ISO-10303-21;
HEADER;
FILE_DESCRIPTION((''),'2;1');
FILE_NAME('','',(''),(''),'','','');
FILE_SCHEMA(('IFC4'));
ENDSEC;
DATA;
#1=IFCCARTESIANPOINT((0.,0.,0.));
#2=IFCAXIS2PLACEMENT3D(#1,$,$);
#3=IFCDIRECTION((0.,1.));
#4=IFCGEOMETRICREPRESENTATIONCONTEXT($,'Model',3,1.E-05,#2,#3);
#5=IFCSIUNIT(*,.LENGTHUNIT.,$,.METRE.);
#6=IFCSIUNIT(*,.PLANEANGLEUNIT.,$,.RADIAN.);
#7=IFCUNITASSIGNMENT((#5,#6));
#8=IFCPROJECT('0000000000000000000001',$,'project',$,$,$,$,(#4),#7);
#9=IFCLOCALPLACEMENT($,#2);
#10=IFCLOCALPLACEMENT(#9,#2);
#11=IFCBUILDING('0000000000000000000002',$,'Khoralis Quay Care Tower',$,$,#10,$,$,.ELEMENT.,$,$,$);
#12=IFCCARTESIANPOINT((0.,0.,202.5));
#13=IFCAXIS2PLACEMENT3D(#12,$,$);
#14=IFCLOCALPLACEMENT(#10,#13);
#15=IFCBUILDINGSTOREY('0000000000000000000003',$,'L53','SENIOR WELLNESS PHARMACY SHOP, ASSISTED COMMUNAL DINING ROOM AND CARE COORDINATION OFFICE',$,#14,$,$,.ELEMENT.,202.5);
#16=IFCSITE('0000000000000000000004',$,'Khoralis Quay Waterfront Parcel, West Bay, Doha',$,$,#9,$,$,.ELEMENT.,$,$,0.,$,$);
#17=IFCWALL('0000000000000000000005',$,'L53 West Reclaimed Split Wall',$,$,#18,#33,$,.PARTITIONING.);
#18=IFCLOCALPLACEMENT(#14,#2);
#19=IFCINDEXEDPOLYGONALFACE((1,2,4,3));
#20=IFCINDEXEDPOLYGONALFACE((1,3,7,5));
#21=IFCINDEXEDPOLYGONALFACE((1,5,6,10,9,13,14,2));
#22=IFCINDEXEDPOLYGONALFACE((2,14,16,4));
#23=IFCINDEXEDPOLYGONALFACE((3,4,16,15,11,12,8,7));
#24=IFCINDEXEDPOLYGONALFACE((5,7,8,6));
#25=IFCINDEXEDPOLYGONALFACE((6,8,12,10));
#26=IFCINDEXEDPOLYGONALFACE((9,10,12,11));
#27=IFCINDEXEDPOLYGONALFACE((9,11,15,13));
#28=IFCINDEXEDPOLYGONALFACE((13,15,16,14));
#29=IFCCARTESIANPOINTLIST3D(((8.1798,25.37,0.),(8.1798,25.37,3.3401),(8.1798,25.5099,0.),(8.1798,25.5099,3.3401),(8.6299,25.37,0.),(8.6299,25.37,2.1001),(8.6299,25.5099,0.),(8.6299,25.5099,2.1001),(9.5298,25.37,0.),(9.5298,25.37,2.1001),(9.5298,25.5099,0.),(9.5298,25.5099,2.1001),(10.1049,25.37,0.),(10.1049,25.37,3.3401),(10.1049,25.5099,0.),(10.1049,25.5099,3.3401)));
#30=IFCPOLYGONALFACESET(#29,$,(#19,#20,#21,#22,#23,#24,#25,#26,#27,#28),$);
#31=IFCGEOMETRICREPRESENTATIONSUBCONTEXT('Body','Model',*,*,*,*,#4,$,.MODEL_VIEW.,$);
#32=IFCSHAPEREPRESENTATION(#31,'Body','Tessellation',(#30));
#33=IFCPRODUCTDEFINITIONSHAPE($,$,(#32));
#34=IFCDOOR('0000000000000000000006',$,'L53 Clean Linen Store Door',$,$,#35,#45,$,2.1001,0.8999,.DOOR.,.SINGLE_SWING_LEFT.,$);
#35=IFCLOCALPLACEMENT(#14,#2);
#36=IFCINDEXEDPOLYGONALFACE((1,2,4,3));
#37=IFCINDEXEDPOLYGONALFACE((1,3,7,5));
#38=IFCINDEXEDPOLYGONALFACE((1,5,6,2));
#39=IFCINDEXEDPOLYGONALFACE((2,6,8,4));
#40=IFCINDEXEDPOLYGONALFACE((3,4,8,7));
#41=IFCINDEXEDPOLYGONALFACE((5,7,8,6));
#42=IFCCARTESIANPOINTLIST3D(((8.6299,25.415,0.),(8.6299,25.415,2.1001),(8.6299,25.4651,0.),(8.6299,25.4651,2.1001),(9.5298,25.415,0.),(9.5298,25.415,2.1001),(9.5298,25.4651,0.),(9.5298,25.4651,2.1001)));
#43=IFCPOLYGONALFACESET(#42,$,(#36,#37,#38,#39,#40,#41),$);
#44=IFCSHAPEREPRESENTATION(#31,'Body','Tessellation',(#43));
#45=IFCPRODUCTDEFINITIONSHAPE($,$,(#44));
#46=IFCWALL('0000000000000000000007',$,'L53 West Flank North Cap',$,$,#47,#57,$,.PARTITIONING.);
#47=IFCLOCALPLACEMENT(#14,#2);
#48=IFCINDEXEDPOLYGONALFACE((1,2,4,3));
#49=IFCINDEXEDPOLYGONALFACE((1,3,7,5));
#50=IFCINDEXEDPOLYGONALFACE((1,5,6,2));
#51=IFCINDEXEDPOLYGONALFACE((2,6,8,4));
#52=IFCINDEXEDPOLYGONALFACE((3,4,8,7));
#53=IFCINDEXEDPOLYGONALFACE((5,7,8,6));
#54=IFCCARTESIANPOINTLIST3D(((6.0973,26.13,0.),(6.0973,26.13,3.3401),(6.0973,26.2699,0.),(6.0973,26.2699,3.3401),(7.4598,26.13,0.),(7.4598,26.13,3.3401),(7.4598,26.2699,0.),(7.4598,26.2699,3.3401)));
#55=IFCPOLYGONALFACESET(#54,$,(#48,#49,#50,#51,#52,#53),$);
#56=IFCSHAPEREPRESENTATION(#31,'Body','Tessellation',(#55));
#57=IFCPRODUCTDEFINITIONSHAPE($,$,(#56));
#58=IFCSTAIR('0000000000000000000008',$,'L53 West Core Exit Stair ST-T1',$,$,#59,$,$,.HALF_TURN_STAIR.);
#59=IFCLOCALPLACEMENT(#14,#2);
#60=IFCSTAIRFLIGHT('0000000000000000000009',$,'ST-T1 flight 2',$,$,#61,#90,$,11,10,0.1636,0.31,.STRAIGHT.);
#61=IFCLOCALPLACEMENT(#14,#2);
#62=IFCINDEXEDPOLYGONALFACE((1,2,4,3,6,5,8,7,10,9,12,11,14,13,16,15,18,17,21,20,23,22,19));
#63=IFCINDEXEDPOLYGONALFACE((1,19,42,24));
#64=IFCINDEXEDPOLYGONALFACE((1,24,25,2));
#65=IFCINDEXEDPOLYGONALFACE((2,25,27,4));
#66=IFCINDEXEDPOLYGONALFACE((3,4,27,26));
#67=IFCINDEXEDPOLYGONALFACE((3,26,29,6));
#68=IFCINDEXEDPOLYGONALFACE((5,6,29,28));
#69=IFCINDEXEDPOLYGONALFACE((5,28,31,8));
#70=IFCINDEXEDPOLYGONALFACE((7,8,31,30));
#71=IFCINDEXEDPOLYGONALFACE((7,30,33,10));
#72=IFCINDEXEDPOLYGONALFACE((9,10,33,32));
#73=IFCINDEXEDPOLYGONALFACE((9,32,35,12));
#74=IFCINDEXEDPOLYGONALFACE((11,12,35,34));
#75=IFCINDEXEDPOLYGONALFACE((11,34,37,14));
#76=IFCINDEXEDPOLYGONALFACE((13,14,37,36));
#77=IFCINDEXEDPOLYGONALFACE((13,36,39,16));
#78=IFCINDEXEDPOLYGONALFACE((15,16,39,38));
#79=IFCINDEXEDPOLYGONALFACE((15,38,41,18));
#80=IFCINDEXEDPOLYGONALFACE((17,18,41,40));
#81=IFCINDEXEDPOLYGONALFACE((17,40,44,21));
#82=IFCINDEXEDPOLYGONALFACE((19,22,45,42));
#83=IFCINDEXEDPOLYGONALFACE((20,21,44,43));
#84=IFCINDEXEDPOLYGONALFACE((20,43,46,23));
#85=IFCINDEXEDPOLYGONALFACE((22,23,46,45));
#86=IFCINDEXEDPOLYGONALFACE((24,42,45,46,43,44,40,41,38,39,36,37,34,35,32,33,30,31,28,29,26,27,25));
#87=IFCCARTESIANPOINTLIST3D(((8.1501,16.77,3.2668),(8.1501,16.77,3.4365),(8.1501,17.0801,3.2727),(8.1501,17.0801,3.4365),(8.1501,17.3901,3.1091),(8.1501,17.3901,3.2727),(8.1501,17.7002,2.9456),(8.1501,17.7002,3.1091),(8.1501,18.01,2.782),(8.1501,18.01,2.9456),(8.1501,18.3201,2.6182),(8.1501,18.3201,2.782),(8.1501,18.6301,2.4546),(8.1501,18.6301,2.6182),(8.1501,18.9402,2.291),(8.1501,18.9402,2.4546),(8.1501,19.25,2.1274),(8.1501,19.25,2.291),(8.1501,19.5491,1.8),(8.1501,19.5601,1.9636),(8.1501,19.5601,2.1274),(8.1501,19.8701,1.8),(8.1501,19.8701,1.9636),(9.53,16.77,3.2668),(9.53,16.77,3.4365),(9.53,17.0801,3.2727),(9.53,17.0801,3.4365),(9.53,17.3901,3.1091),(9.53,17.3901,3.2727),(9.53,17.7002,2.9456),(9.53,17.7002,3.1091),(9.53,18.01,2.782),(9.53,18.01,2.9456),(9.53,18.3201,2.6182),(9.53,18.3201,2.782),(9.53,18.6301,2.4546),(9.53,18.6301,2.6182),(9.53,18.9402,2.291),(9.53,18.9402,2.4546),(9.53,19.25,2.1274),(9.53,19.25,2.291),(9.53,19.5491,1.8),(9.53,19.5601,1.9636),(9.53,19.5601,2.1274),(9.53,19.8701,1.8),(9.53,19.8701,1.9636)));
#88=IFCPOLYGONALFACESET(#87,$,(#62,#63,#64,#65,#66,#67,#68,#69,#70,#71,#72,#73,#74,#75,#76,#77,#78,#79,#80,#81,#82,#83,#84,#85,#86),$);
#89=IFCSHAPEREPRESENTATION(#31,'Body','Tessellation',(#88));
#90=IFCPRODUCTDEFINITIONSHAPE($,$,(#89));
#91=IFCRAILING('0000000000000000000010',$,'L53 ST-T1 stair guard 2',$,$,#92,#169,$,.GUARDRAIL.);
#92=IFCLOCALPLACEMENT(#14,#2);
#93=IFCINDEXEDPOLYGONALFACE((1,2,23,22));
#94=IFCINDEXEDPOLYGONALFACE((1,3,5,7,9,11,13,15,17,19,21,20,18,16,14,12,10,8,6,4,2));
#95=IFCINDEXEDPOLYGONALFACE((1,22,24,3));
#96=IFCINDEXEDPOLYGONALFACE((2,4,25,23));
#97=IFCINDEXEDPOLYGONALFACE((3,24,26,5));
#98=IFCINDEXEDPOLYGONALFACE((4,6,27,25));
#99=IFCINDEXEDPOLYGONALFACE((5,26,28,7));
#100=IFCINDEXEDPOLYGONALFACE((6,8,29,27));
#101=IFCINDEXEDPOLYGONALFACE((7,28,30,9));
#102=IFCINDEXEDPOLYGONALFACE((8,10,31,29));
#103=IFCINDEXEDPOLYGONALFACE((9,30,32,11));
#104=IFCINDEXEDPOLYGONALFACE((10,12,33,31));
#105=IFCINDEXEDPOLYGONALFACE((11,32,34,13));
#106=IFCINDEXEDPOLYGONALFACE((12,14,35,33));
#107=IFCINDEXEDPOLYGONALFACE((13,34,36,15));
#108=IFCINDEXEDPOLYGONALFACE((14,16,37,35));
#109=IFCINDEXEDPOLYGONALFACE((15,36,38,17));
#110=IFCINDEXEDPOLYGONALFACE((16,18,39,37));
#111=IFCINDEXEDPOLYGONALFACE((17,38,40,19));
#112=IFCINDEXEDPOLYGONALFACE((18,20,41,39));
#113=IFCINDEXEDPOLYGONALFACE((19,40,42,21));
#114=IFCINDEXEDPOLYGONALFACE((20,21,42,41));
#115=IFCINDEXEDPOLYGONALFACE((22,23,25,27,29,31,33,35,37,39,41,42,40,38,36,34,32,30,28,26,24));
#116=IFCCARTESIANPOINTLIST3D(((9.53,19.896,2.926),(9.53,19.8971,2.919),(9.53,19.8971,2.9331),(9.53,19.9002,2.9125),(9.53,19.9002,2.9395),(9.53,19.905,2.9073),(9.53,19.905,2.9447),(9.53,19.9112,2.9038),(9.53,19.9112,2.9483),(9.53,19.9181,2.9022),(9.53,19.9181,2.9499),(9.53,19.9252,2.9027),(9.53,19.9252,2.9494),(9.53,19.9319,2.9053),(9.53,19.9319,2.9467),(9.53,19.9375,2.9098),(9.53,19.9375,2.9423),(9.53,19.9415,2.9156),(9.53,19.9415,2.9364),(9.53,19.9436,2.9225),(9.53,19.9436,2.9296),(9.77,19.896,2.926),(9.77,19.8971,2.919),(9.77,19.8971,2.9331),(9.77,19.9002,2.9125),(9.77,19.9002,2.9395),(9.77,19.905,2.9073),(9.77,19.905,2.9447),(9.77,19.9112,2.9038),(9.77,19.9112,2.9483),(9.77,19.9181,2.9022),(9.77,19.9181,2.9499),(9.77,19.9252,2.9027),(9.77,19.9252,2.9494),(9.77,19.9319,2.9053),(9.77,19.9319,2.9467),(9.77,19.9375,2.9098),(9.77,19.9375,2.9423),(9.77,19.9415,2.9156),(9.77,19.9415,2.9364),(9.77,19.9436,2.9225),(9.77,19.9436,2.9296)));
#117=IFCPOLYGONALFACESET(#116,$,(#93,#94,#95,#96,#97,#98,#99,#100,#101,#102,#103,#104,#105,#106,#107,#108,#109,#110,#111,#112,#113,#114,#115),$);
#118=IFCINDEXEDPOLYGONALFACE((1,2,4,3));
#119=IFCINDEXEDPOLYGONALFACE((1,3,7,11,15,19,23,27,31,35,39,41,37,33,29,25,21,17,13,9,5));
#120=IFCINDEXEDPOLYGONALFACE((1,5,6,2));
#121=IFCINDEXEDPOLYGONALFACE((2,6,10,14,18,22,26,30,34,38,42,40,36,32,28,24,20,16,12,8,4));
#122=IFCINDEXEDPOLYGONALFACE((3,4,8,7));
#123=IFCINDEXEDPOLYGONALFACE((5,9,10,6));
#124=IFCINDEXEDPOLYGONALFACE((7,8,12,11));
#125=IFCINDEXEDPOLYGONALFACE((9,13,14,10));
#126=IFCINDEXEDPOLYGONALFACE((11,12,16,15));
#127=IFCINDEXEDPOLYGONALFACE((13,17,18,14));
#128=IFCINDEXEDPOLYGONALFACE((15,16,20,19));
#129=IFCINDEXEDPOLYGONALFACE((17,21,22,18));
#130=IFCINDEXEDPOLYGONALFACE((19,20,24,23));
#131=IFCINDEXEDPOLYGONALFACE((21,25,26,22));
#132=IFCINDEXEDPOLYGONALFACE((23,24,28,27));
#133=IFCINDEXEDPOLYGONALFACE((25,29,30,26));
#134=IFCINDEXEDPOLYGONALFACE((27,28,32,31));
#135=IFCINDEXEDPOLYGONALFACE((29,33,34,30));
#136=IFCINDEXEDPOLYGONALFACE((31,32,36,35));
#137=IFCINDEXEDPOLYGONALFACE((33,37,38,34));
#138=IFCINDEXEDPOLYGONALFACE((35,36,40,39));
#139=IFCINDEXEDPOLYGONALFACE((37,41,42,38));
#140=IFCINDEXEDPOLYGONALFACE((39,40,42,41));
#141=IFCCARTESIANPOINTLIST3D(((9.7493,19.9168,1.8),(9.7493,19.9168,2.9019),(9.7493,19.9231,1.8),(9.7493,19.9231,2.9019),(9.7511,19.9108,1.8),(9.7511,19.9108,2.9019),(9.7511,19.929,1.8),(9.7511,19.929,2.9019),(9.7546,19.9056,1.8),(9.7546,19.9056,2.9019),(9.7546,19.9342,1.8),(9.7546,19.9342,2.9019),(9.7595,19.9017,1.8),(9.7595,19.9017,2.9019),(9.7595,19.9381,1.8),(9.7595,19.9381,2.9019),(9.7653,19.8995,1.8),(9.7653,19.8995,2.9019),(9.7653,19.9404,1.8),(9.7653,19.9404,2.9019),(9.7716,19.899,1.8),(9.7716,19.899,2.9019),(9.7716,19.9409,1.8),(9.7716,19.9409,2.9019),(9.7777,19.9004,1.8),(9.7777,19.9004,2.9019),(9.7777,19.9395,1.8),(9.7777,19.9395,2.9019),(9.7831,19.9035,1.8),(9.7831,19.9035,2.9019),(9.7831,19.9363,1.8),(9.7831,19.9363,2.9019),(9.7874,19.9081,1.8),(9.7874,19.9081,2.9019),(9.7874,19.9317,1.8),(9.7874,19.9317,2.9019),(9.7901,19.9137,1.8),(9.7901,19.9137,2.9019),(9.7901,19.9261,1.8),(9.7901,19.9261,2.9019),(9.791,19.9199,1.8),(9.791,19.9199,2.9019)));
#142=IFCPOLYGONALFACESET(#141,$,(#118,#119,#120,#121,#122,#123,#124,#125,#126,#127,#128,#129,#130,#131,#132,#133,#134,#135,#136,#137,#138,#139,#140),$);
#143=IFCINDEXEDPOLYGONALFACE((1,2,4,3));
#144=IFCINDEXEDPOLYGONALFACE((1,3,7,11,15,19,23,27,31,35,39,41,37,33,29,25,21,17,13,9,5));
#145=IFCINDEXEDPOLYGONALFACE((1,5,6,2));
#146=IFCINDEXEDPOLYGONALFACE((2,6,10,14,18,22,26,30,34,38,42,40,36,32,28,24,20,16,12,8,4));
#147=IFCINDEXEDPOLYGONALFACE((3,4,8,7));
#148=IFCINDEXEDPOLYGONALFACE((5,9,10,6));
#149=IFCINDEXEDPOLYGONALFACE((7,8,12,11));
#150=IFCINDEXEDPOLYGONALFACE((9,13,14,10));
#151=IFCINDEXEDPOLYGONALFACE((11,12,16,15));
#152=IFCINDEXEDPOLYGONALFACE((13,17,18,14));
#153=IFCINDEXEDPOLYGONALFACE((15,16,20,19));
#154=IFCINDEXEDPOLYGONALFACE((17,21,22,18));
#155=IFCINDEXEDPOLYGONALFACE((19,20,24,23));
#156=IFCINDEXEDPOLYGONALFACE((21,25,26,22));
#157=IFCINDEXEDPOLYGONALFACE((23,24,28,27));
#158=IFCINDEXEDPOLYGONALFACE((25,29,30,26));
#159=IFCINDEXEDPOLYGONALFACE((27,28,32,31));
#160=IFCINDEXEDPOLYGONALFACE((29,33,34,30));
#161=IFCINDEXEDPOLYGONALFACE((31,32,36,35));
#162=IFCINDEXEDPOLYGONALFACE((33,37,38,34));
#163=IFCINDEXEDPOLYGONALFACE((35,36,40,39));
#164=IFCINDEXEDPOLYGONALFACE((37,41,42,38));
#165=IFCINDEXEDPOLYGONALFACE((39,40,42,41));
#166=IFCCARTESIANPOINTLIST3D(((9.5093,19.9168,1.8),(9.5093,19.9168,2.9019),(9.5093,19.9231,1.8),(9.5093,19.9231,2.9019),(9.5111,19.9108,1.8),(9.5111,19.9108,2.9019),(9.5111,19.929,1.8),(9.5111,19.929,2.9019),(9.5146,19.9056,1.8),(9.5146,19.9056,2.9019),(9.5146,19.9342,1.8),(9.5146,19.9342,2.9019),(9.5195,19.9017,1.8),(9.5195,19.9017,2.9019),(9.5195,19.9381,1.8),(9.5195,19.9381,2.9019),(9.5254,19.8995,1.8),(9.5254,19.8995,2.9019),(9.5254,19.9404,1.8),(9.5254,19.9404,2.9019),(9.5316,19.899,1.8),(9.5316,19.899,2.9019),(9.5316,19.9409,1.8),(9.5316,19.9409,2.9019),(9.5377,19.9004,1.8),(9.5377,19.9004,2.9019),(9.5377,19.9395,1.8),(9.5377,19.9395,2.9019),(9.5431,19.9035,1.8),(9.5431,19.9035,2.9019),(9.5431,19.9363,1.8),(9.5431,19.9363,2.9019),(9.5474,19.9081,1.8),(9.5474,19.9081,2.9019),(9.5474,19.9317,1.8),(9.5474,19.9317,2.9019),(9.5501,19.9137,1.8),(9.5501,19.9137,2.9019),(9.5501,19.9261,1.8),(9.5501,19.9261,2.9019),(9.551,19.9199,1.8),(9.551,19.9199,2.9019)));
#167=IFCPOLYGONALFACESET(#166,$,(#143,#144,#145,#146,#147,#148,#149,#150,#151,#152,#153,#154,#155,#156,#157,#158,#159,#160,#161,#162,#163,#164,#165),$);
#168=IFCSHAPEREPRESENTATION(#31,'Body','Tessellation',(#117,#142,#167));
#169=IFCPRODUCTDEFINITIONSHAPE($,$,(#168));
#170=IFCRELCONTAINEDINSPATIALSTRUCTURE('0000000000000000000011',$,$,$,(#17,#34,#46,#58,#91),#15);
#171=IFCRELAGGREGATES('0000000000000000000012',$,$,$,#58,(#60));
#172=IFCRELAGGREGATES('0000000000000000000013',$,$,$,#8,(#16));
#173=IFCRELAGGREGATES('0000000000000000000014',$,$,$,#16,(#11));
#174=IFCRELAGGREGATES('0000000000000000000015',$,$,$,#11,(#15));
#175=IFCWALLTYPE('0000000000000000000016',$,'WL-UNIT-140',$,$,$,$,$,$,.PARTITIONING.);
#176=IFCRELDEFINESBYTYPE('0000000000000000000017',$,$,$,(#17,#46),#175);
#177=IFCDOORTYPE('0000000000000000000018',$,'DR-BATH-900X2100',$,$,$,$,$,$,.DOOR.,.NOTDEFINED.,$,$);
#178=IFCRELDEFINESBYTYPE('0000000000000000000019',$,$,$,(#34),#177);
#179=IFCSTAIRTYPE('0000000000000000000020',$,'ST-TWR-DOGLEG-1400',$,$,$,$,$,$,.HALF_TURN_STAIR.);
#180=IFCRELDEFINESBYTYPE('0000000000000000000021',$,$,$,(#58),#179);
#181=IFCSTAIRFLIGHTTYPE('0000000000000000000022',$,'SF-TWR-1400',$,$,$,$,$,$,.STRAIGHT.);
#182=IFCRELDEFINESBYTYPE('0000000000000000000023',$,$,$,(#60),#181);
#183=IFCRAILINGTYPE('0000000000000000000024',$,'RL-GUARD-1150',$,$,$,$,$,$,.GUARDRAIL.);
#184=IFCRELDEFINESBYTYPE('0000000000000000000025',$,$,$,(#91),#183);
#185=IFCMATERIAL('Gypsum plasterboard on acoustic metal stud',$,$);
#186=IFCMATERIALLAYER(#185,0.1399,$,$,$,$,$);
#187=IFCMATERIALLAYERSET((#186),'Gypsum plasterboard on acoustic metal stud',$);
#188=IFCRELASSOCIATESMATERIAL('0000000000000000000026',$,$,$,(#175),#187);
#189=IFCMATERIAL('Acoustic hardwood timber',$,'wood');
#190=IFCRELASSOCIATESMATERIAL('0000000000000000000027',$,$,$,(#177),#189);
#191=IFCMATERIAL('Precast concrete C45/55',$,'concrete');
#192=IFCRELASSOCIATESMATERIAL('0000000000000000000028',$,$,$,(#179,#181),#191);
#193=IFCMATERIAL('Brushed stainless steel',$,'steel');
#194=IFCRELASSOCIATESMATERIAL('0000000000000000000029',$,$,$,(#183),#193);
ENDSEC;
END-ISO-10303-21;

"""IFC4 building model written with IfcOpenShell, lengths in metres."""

from ifc_helpers import new_model, si_unit, direction, frame, frame_2d, origin, origin_2d, place, context, subcontext, project, spatial, polyline, rectangle, circle, outline, extrude, source, transform, mapped, material, layer, layer_set, type_object, element, fill, aggregate, save


model = new_model("IFC4")

# Units and contexts
model_context = context("Model", 3, precision=1e-05, world=origin(), true_north=direction((0.0, 1.0)))
body_context = subcontext(model_context, "Body", "Model", "MODEL_VIEW")
ifc_project = project(units=[si_unit("LENGTHUNIT", "METRE"), si_unit("PLANEANGLEUNIT", "RADIAN")], contexts=[model_context])

# Site, building, storey
site_placement = place(None, origin())
site = spatial("IfcSite", under=ifc_project, at=site_placement, Name="Khoralis Quay Waterfront Parcel, West Bay, Doha", CompositionType="ELEMENT", RefElevation=0.0)
building_placement = place(site_placement, origin())
building = spatial("IfcBuilding", under=site, at=building_placement, Name="Khoralis Quay Care Tower", CompositionType="ELEMENT")
storey_placement = place(building_placement, frame((0.0, 0.0, 202.5)))
storey = spatial("IfcBuildingStorey", under=building, at=storey_placement, Name="L53", Description="SENIOR WELLNESS PHARMACY SHOP, ASSISTED COMMUNAL DINING ROOM AND CARE COORDINATION OFFICE", CompositionType="ELEMENT", Elevation=202.5)

# Shared definitions
ifc_material_1 = material(Name="Brushed stainless steel", Category="steel")
ifc_material_2 = material(Name="Acoustic hardwood timber", Category="wood")

# Shared definitions
ifc_material_3 = material(Name="Gypsum plasterboard on acoustic metal stud")

# Wall, opening, door
ifc_layer_1 = layer(ifc_material_3, 0.1399)
ifc_layer_set_1 = layer_set([ifc_layer_1], Name="Gypsum plasterboard on acoustic metal stud")
wall_type_1 = type_object("IfcWallType", Name="WL-UNIT-140", PredefinedType="PARTITIONING", material=ifc_layer_set_1)
wall_1_placement = place(storey_placement, frame((8.1799, 25.4399, 0.0), z_axis=(0.0, 0.0, 1.0), x_axis=(1.0, 0.0, 0.0)))
wall_1 = element("IfcWall", 1, at=wall_1_placement, inside=storey, type_object=wall_type_1, Name="L53 West Reclaimed Split Wall", PredefinedType="PARTITIONING", context=body_context, shape_type="SweptSolid", body=[
    extrude(rectangle(XDim=1.925, YDim=0.1399, at=frame_2d((0.9624, 0.0))), origin(), (0.0, 0.0, 1.0), 3.3401),
])
opening_1_placement = place(wall_1_placement, frame((0.45, 0.0, 0.0)))
opening_1 = element("IfcOpeningElement", 2, at=opening_1_placement, cuts=wall_1, PredefinedType="OPENING", context=body_context, shape_type="SweptSolid", body=[
    extrude(rectangle(XDim=0.8999, YDim=2.1001, at=frame_2d((0.45, 1.05))), frame((0.0, 0.0801, 0.0), z_axis=(0.0, -1.0, 0.0), x_axis=(1.0, 0.0, 0.0)), (0.0, 0.0, 1.0), 0.1599),
])
door_type_1 = type_object("IfcDoorType", Name="DR-BATH-900X2100", OperationType="NOTDEFINED", PredefinedType="DOOR", material=ifc_material_2)
shared_shape_1 = source(origin(), body_context, "Body", "SweptSolid", [
    extrude(rectangle(XDim=0.8999, YDim=2.1001, at=frame_2d((0.45, 1.05))), frame((0.0, 0.0249, 0.0), z_axis=(0.0, -1.0, 0.0), x_axis=(1.0, 0.0, 0.0)), (0.0, 0.0, 1.0), 0.05),
])
door_1_placement = place(opening_1_placement, frame((0.8999, 0.0, 0.0), z_axis=(0.0, 0.0, 1.0), x_axis=(-1.0, 0.0, 0.0)))
door_1 = element("IfcDoor", 3, at=door_1_placement, inside=storey, type_object=door_type_1, Name="L53 Clean Linen Store Door", OperationType="SINGLE_SWING_LEFT", OverallHeight=2.1001, OverallWidth=0.8999, PredefinedType="DOOR", context=body_context, shape_type="MappedRepresentation", body=[
    mapped(shared_shape_1, transform((0.0, 0.0, 0.0), scale=1.0)),
])
fill(opening_1, door_1)

# Wall
wall_2_placement = place(storey_placement, frame((6.0974, 26.2, 0.0), z_axis=(0.0, 0.0, 1.0), x_axis=(1.0, 0.0, 0.0)))
element("IfcWall", 4, at=wall_2_placement, inside=storey, type_object=wall_type_1, Name="L53 West Flank North Cap", PredefinedType="PARTITIONING", context=body_context, shape_type="SweptSolid", body=[
    extrude(rectangle(XDim=1.3625, YDim=0.1399, at=frame_2d((0.6812, 0.0))), origin(), (0.0, 0.0, 1.0), 3.3401),
])

# Stair, stair flight
ifc_material_4 = material(Name="Precast concrete C45/55", Category="concrete")
stair_type = type_object("IfcStairType", Name="ST-TWR-DOGLEG-1400", PredefinedType="HALF_TURN_STAIR", material=ifc_material_4)
stair_placement = place(storey_placement, origin())
stair = element("IfcStair", 5, at=stair_placement, inside=storey, type_object=stair_type, Name="L53 West Core Exit Stair ST-T1", PredefinedType="HALF_TURN_STAIR")
stair_flight_type = type_object("IfcStairFlightType", Name="SF-TWR-1400", PredefinedType="STRAIGHT", material=ifc_material_4)
shared_shape_2 = source(origin(), body_context, "Body", "SweptSolid", [
    extrude(outline(polyline([(0.0, 0.0), (0.0, 0.1636), (0.3101, 0.1636), (0.3101, 0.3274), (0.6201, 0.3274), (0.6201, 0.491), (0.9299, 0.491), (0.9299, 0.6545), (1.24, 0.6545), (1.24, 0.8181), (1.55, 0.8181), (1.55, 0.9819), (1.8601, 0.9819), (1.8601, 1.1455), (2.1699, 1.1455), (2.1699, 1.3091), (2.48, 1.3091), (2.48, 1.4727), (2.79, 1.4727), (2.79, 1.6365), (3.1001, 1.6365), (3.1001, 1.8), (3.1001, 1.4668), (0.321, 0.0), (0.0, 0.0)])), frame((0.0, 0.6899, 0.0), z_axis=(0.0, -1.0, 0.0), x_axis=(1.0, 0.0, 0.0)), (0.0, 0.0, 1.0), 1.3799),
])
stair_flight_placement = place(storey_placement, frame((8.8401, 19.8701, 1.8), z_axis=(0.0, 0.0, 1.0), x_axis=(0.0, -1.0, 0.0)))
stair_flight = element("IfcStairFlight", 6, at=stair_flight_placement, type_object=stair_flight_type, Name="ST-T1 flight 2", NumberOfRisers=11, NumberOfTreads=10, PredefinedType="STRAIGHT", RiserHeight=0.1636, TreadLength=0.31, context=body_context, shape_type="MappedRepresentation", body=[
    mapped(shared_shape_2, transform((0.0, 0.0, 0.0), scale=1.0)),
])
aggregate(stair, [stair_flight])

# Railing
railing_type_1 = type_object("IfcRailingType", Name="RL-GUARD-1150", PredefinedType="GUARDRAIL", material=ifc_material_1)
railing_1_placement = place(storey_placement, frame((9.77, 19.9199, 1.8)))
element("IfcRailing", 7, at=railing_1_placement, inside=storey, type_object=railing_type_1, Name="L53 ST-T1 stair guard 2", PredefinedType="GUARDRAIL", context=body_context, shape_type="SweptSolid", body=[
    extrude(circle(Radius=0.0239, at=origin_2d()), frame((0.0, 0.0, 1.126), z_axis=(-1.0, 0.0, 0.0), x_axis=(0.0, -1.0, 0.0)), (0.0, 0.0, 1.0), 0.24),
    extrude(circle(Radius=0.021, at=origin_2d()), origin(), (0.0, 0.0, 1.0), 1.1018),
    extrude(circle(Radius=0.021, at=origin_2d()), frame((-0.24, 0.0, 0.0)), (0.0, 0.0, 1.0), 1.1018),
])

save(model, "model.ifc")
